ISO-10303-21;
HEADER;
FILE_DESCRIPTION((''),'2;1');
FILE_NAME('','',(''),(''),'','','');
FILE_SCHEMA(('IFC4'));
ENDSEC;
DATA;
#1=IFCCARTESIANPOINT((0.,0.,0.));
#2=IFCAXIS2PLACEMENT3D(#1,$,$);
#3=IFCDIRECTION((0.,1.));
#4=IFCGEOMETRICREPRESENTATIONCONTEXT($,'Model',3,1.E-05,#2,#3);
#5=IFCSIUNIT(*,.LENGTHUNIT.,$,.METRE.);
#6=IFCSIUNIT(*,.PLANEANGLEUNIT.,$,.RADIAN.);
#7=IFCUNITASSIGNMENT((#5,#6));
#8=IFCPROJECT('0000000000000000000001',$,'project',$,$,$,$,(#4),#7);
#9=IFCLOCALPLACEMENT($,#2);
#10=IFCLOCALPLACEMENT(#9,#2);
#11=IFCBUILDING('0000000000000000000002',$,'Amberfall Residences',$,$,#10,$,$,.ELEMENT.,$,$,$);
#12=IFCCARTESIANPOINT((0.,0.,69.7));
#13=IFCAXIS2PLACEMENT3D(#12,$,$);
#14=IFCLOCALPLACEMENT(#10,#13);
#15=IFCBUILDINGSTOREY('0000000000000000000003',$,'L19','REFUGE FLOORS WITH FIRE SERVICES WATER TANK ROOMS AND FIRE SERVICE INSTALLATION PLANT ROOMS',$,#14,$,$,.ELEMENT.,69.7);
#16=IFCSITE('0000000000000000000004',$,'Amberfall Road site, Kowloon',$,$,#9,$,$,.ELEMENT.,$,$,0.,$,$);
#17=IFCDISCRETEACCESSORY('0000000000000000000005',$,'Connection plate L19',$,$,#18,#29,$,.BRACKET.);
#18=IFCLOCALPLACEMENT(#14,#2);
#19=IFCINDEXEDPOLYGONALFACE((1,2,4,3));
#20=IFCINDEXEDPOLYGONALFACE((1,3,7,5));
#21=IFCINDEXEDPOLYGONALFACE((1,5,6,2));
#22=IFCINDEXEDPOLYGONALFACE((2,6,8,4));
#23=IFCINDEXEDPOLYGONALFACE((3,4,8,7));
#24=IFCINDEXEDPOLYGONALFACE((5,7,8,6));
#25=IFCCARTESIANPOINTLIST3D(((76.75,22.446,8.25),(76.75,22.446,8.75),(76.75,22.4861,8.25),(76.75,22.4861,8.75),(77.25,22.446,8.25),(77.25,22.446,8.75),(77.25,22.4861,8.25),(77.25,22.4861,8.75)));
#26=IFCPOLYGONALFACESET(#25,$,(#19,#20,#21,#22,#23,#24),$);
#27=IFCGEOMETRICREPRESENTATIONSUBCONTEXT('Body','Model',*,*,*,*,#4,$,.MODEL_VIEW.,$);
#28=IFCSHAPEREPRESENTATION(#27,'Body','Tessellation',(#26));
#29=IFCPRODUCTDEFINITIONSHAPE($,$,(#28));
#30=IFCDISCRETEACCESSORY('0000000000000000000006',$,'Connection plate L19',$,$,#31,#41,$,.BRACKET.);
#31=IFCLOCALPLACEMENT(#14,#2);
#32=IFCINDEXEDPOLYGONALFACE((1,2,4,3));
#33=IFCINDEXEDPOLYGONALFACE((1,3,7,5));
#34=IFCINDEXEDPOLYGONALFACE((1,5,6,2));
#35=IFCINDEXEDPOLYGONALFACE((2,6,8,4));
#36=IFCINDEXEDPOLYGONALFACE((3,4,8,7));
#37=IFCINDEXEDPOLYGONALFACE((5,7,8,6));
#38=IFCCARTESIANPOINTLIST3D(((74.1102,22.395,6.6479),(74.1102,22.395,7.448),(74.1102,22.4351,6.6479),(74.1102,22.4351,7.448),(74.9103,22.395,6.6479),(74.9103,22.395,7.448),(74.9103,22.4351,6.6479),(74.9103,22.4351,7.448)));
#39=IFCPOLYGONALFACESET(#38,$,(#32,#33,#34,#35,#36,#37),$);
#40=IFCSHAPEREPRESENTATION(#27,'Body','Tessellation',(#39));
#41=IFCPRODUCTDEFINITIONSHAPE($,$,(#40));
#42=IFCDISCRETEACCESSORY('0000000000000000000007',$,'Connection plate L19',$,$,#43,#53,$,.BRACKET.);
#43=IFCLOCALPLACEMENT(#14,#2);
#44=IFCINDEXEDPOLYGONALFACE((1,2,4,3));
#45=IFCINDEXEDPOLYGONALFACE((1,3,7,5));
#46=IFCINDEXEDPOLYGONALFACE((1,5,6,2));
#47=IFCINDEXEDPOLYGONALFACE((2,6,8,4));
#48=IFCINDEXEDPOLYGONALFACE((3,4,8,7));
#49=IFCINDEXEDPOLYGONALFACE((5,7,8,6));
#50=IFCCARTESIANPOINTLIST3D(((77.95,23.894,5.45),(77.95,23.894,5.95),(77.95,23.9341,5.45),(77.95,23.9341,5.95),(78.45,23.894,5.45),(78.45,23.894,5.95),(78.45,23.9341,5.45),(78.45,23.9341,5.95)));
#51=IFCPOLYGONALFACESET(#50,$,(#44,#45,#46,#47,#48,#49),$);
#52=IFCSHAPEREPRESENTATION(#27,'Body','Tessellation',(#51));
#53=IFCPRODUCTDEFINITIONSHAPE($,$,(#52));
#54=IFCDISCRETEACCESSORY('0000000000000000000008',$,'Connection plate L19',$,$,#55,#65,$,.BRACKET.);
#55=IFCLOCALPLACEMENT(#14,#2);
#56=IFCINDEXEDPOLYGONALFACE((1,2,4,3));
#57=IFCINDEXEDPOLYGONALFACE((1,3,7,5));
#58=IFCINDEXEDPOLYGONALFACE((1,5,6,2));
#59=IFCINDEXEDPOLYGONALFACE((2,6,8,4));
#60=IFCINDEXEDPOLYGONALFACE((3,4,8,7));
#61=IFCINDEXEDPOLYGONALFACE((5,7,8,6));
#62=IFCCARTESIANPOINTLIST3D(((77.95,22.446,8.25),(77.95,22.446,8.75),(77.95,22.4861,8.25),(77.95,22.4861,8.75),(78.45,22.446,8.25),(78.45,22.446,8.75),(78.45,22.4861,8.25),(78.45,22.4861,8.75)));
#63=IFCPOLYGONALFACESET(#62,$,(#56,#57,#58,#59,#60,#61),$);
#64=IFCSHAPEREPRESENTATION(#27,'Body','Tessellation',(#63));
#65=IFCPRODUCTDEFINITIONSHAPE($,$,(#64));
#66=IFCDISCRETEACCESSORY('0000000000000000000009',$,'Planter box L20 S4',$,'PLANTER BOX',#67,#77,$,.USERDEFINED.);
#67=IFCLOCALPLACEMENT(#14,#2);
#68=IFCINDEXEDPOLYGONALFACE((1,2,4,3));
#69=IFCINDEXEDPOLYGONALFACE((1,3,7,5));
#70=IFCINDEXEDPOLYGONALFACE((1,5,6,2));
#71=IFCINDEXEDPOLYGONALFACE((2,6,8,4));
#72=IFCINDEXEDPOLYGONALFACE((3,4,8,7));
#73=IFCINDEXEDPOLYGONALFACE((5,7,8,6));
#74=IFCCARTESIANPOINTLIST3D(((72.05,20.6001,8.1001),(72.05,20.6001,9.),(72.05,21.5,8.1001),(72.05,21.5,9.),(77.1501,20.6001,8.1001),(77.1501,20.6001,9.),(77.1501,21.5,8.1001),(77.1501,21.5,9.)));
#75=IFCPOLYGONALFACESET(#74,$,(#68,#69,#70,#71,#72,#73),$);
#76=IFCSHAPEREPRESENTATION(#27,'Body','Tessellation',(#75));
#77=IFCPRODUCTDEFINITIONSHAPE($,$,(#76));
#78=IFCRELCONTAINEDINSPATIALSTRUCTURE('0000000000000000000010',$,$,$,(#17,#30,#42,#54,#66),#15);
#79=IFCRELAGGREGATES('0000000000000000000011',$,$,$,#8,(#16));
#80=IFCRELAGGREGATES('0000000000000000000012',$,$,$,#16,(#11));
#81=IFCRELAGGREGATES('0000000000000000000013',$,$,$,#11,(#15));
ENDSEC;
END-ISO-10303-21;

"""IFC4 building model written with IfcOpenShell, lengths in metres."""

from ifc_helpers import new_model, si_unit, direction, frame, origin, origin_2d, place, context, subcontext, project, spatial, rectangle, extrude, element, save


model = new_model("IFC4")

# Units and contexts
model_context = context("Model", 3, precision=1e-05, world=origin(), true_north=direction((0.0, 1.0)))
body_context = subcontext(model_context, "Body", "Model", "MODEL_VIEW")
ifc_project = project(units=[si_unit("LENGTHUNIT", "METRE"), si_unit("PLANEANGLEUNIT", "RADIAN")], contexts=[model_context])

# Site, building, storey
site_placement = place(None, origin())
site = spatial("IfcSite", under=ifc_project, at=site_placement, Name="Amberfall Road site, Kowloon", CompositionType="ELEMENT", RefElevation=0.0)
building_placement = place(site_placement, origin())
building = spatial("IfcBuilding", under=site, at=building_placement, Name="Amberfall Residences", CompositionType="ELEMENT")
storey_placement = place(building_placement, frame((0.0, 0.0, 69.7)))
storey = spatial("IfcBuildingStorey", under=building, at=storey_placement, Name="L19", Description="REFUGE FLOORS WITH FIRE SERVICES WATER TANK ROOMS AND FIRE SERVICE INSTALLATION PLANT ROOMS", CompositionType="ELEMENT", Elevation=69.7)

# Discrete accessories
discrete_accessory_1_placement = place(storey_placement, frame((77.0, 22.4661, 8.25), z_axis=(0.0, 0.0, 1.0), x_axis=(1.0, 0.0, 0.0)))
element("IfcDiscreteAccessory", 1, at=discrete_accessory_1_placement, inside=storey, Name="Connection plate L19", PredefinedType="BRACKET", context=body_context, shape_type="SweptSolid", body=[
    extrude(rectangle(XDim=0.5, YDim=0.04, at=origin_2d()), origin(), (0.0, 0.0, 1.0), 0.5),
])
discrete_accessory_2_placement = place(storey_placement, frame((74.5103, 22.415, 6.6479), z_axis=(0.0, 0.0, 1.0), x_axis=(1.0, 0.0, 0.0)))
element("IfcDiscreteAccessory", 2, at=discrete_accessory_2_placement, inside=storey, Name="Connection plate L19", PredefinedType="BRACKET", context=body_context, shape_type="SweptSolid", body=[
    extrude(rectangle(XDim=0.8, YDim=0.04, at=origin_2d()), origin(), (0.0, 0.0, 1.0), 0.8),
])
for number, where, z_axis, x_axis, name in (
    (3, (78.2, 23.9141, 5.45), (0.0, 0.0, 1.0), (1.0, 0.0, 0.0), "Connection plate L19"),
    (4, (78.2, 22.4661, 8.25), (0.0, 0.0, 1.0), (1.0, 0.0, 0.0), "Connection plate L19"),
):
    element("IfcDiscreteAccessory", number, at=place(storey_placement, frame(where, z_axis=z_axis, x_axis=x_axis)), inside=storey, Name=name, PredefinedType="BRACKET", context=body_context, shape_type="SweptSolid", body=[
        extrude(rectangle(XDim=0.5, YDim=0.04, at=origin_2d()), origin(), (0.0, 0.0, 1.0), 0.5),
    ])
discrete_accessory_3_placement = place(storey_placement, frame((74.6001, 21.05, 8.1001), z_axis=(0.0, 0.0, 1.0), x_axis=(1.0, 0.0, 0.0)))
element("IfcDiscreteAccessory", 5, at=discrete_accessory_3_placement, inside=storey, Name="Planter box L20 S4", ObjectType="PLANTER BOX", PredefinedType="USERDEFINED", context=body_context, shape_type="SweptSolid", body=[
    extrude(rectangle(XDim=5.1001, YDim=0.8999, at=origin_2d()), origin(), (0.0, 0.0, 1.0), 0.8999),
])

save(model, "model.ifc")
